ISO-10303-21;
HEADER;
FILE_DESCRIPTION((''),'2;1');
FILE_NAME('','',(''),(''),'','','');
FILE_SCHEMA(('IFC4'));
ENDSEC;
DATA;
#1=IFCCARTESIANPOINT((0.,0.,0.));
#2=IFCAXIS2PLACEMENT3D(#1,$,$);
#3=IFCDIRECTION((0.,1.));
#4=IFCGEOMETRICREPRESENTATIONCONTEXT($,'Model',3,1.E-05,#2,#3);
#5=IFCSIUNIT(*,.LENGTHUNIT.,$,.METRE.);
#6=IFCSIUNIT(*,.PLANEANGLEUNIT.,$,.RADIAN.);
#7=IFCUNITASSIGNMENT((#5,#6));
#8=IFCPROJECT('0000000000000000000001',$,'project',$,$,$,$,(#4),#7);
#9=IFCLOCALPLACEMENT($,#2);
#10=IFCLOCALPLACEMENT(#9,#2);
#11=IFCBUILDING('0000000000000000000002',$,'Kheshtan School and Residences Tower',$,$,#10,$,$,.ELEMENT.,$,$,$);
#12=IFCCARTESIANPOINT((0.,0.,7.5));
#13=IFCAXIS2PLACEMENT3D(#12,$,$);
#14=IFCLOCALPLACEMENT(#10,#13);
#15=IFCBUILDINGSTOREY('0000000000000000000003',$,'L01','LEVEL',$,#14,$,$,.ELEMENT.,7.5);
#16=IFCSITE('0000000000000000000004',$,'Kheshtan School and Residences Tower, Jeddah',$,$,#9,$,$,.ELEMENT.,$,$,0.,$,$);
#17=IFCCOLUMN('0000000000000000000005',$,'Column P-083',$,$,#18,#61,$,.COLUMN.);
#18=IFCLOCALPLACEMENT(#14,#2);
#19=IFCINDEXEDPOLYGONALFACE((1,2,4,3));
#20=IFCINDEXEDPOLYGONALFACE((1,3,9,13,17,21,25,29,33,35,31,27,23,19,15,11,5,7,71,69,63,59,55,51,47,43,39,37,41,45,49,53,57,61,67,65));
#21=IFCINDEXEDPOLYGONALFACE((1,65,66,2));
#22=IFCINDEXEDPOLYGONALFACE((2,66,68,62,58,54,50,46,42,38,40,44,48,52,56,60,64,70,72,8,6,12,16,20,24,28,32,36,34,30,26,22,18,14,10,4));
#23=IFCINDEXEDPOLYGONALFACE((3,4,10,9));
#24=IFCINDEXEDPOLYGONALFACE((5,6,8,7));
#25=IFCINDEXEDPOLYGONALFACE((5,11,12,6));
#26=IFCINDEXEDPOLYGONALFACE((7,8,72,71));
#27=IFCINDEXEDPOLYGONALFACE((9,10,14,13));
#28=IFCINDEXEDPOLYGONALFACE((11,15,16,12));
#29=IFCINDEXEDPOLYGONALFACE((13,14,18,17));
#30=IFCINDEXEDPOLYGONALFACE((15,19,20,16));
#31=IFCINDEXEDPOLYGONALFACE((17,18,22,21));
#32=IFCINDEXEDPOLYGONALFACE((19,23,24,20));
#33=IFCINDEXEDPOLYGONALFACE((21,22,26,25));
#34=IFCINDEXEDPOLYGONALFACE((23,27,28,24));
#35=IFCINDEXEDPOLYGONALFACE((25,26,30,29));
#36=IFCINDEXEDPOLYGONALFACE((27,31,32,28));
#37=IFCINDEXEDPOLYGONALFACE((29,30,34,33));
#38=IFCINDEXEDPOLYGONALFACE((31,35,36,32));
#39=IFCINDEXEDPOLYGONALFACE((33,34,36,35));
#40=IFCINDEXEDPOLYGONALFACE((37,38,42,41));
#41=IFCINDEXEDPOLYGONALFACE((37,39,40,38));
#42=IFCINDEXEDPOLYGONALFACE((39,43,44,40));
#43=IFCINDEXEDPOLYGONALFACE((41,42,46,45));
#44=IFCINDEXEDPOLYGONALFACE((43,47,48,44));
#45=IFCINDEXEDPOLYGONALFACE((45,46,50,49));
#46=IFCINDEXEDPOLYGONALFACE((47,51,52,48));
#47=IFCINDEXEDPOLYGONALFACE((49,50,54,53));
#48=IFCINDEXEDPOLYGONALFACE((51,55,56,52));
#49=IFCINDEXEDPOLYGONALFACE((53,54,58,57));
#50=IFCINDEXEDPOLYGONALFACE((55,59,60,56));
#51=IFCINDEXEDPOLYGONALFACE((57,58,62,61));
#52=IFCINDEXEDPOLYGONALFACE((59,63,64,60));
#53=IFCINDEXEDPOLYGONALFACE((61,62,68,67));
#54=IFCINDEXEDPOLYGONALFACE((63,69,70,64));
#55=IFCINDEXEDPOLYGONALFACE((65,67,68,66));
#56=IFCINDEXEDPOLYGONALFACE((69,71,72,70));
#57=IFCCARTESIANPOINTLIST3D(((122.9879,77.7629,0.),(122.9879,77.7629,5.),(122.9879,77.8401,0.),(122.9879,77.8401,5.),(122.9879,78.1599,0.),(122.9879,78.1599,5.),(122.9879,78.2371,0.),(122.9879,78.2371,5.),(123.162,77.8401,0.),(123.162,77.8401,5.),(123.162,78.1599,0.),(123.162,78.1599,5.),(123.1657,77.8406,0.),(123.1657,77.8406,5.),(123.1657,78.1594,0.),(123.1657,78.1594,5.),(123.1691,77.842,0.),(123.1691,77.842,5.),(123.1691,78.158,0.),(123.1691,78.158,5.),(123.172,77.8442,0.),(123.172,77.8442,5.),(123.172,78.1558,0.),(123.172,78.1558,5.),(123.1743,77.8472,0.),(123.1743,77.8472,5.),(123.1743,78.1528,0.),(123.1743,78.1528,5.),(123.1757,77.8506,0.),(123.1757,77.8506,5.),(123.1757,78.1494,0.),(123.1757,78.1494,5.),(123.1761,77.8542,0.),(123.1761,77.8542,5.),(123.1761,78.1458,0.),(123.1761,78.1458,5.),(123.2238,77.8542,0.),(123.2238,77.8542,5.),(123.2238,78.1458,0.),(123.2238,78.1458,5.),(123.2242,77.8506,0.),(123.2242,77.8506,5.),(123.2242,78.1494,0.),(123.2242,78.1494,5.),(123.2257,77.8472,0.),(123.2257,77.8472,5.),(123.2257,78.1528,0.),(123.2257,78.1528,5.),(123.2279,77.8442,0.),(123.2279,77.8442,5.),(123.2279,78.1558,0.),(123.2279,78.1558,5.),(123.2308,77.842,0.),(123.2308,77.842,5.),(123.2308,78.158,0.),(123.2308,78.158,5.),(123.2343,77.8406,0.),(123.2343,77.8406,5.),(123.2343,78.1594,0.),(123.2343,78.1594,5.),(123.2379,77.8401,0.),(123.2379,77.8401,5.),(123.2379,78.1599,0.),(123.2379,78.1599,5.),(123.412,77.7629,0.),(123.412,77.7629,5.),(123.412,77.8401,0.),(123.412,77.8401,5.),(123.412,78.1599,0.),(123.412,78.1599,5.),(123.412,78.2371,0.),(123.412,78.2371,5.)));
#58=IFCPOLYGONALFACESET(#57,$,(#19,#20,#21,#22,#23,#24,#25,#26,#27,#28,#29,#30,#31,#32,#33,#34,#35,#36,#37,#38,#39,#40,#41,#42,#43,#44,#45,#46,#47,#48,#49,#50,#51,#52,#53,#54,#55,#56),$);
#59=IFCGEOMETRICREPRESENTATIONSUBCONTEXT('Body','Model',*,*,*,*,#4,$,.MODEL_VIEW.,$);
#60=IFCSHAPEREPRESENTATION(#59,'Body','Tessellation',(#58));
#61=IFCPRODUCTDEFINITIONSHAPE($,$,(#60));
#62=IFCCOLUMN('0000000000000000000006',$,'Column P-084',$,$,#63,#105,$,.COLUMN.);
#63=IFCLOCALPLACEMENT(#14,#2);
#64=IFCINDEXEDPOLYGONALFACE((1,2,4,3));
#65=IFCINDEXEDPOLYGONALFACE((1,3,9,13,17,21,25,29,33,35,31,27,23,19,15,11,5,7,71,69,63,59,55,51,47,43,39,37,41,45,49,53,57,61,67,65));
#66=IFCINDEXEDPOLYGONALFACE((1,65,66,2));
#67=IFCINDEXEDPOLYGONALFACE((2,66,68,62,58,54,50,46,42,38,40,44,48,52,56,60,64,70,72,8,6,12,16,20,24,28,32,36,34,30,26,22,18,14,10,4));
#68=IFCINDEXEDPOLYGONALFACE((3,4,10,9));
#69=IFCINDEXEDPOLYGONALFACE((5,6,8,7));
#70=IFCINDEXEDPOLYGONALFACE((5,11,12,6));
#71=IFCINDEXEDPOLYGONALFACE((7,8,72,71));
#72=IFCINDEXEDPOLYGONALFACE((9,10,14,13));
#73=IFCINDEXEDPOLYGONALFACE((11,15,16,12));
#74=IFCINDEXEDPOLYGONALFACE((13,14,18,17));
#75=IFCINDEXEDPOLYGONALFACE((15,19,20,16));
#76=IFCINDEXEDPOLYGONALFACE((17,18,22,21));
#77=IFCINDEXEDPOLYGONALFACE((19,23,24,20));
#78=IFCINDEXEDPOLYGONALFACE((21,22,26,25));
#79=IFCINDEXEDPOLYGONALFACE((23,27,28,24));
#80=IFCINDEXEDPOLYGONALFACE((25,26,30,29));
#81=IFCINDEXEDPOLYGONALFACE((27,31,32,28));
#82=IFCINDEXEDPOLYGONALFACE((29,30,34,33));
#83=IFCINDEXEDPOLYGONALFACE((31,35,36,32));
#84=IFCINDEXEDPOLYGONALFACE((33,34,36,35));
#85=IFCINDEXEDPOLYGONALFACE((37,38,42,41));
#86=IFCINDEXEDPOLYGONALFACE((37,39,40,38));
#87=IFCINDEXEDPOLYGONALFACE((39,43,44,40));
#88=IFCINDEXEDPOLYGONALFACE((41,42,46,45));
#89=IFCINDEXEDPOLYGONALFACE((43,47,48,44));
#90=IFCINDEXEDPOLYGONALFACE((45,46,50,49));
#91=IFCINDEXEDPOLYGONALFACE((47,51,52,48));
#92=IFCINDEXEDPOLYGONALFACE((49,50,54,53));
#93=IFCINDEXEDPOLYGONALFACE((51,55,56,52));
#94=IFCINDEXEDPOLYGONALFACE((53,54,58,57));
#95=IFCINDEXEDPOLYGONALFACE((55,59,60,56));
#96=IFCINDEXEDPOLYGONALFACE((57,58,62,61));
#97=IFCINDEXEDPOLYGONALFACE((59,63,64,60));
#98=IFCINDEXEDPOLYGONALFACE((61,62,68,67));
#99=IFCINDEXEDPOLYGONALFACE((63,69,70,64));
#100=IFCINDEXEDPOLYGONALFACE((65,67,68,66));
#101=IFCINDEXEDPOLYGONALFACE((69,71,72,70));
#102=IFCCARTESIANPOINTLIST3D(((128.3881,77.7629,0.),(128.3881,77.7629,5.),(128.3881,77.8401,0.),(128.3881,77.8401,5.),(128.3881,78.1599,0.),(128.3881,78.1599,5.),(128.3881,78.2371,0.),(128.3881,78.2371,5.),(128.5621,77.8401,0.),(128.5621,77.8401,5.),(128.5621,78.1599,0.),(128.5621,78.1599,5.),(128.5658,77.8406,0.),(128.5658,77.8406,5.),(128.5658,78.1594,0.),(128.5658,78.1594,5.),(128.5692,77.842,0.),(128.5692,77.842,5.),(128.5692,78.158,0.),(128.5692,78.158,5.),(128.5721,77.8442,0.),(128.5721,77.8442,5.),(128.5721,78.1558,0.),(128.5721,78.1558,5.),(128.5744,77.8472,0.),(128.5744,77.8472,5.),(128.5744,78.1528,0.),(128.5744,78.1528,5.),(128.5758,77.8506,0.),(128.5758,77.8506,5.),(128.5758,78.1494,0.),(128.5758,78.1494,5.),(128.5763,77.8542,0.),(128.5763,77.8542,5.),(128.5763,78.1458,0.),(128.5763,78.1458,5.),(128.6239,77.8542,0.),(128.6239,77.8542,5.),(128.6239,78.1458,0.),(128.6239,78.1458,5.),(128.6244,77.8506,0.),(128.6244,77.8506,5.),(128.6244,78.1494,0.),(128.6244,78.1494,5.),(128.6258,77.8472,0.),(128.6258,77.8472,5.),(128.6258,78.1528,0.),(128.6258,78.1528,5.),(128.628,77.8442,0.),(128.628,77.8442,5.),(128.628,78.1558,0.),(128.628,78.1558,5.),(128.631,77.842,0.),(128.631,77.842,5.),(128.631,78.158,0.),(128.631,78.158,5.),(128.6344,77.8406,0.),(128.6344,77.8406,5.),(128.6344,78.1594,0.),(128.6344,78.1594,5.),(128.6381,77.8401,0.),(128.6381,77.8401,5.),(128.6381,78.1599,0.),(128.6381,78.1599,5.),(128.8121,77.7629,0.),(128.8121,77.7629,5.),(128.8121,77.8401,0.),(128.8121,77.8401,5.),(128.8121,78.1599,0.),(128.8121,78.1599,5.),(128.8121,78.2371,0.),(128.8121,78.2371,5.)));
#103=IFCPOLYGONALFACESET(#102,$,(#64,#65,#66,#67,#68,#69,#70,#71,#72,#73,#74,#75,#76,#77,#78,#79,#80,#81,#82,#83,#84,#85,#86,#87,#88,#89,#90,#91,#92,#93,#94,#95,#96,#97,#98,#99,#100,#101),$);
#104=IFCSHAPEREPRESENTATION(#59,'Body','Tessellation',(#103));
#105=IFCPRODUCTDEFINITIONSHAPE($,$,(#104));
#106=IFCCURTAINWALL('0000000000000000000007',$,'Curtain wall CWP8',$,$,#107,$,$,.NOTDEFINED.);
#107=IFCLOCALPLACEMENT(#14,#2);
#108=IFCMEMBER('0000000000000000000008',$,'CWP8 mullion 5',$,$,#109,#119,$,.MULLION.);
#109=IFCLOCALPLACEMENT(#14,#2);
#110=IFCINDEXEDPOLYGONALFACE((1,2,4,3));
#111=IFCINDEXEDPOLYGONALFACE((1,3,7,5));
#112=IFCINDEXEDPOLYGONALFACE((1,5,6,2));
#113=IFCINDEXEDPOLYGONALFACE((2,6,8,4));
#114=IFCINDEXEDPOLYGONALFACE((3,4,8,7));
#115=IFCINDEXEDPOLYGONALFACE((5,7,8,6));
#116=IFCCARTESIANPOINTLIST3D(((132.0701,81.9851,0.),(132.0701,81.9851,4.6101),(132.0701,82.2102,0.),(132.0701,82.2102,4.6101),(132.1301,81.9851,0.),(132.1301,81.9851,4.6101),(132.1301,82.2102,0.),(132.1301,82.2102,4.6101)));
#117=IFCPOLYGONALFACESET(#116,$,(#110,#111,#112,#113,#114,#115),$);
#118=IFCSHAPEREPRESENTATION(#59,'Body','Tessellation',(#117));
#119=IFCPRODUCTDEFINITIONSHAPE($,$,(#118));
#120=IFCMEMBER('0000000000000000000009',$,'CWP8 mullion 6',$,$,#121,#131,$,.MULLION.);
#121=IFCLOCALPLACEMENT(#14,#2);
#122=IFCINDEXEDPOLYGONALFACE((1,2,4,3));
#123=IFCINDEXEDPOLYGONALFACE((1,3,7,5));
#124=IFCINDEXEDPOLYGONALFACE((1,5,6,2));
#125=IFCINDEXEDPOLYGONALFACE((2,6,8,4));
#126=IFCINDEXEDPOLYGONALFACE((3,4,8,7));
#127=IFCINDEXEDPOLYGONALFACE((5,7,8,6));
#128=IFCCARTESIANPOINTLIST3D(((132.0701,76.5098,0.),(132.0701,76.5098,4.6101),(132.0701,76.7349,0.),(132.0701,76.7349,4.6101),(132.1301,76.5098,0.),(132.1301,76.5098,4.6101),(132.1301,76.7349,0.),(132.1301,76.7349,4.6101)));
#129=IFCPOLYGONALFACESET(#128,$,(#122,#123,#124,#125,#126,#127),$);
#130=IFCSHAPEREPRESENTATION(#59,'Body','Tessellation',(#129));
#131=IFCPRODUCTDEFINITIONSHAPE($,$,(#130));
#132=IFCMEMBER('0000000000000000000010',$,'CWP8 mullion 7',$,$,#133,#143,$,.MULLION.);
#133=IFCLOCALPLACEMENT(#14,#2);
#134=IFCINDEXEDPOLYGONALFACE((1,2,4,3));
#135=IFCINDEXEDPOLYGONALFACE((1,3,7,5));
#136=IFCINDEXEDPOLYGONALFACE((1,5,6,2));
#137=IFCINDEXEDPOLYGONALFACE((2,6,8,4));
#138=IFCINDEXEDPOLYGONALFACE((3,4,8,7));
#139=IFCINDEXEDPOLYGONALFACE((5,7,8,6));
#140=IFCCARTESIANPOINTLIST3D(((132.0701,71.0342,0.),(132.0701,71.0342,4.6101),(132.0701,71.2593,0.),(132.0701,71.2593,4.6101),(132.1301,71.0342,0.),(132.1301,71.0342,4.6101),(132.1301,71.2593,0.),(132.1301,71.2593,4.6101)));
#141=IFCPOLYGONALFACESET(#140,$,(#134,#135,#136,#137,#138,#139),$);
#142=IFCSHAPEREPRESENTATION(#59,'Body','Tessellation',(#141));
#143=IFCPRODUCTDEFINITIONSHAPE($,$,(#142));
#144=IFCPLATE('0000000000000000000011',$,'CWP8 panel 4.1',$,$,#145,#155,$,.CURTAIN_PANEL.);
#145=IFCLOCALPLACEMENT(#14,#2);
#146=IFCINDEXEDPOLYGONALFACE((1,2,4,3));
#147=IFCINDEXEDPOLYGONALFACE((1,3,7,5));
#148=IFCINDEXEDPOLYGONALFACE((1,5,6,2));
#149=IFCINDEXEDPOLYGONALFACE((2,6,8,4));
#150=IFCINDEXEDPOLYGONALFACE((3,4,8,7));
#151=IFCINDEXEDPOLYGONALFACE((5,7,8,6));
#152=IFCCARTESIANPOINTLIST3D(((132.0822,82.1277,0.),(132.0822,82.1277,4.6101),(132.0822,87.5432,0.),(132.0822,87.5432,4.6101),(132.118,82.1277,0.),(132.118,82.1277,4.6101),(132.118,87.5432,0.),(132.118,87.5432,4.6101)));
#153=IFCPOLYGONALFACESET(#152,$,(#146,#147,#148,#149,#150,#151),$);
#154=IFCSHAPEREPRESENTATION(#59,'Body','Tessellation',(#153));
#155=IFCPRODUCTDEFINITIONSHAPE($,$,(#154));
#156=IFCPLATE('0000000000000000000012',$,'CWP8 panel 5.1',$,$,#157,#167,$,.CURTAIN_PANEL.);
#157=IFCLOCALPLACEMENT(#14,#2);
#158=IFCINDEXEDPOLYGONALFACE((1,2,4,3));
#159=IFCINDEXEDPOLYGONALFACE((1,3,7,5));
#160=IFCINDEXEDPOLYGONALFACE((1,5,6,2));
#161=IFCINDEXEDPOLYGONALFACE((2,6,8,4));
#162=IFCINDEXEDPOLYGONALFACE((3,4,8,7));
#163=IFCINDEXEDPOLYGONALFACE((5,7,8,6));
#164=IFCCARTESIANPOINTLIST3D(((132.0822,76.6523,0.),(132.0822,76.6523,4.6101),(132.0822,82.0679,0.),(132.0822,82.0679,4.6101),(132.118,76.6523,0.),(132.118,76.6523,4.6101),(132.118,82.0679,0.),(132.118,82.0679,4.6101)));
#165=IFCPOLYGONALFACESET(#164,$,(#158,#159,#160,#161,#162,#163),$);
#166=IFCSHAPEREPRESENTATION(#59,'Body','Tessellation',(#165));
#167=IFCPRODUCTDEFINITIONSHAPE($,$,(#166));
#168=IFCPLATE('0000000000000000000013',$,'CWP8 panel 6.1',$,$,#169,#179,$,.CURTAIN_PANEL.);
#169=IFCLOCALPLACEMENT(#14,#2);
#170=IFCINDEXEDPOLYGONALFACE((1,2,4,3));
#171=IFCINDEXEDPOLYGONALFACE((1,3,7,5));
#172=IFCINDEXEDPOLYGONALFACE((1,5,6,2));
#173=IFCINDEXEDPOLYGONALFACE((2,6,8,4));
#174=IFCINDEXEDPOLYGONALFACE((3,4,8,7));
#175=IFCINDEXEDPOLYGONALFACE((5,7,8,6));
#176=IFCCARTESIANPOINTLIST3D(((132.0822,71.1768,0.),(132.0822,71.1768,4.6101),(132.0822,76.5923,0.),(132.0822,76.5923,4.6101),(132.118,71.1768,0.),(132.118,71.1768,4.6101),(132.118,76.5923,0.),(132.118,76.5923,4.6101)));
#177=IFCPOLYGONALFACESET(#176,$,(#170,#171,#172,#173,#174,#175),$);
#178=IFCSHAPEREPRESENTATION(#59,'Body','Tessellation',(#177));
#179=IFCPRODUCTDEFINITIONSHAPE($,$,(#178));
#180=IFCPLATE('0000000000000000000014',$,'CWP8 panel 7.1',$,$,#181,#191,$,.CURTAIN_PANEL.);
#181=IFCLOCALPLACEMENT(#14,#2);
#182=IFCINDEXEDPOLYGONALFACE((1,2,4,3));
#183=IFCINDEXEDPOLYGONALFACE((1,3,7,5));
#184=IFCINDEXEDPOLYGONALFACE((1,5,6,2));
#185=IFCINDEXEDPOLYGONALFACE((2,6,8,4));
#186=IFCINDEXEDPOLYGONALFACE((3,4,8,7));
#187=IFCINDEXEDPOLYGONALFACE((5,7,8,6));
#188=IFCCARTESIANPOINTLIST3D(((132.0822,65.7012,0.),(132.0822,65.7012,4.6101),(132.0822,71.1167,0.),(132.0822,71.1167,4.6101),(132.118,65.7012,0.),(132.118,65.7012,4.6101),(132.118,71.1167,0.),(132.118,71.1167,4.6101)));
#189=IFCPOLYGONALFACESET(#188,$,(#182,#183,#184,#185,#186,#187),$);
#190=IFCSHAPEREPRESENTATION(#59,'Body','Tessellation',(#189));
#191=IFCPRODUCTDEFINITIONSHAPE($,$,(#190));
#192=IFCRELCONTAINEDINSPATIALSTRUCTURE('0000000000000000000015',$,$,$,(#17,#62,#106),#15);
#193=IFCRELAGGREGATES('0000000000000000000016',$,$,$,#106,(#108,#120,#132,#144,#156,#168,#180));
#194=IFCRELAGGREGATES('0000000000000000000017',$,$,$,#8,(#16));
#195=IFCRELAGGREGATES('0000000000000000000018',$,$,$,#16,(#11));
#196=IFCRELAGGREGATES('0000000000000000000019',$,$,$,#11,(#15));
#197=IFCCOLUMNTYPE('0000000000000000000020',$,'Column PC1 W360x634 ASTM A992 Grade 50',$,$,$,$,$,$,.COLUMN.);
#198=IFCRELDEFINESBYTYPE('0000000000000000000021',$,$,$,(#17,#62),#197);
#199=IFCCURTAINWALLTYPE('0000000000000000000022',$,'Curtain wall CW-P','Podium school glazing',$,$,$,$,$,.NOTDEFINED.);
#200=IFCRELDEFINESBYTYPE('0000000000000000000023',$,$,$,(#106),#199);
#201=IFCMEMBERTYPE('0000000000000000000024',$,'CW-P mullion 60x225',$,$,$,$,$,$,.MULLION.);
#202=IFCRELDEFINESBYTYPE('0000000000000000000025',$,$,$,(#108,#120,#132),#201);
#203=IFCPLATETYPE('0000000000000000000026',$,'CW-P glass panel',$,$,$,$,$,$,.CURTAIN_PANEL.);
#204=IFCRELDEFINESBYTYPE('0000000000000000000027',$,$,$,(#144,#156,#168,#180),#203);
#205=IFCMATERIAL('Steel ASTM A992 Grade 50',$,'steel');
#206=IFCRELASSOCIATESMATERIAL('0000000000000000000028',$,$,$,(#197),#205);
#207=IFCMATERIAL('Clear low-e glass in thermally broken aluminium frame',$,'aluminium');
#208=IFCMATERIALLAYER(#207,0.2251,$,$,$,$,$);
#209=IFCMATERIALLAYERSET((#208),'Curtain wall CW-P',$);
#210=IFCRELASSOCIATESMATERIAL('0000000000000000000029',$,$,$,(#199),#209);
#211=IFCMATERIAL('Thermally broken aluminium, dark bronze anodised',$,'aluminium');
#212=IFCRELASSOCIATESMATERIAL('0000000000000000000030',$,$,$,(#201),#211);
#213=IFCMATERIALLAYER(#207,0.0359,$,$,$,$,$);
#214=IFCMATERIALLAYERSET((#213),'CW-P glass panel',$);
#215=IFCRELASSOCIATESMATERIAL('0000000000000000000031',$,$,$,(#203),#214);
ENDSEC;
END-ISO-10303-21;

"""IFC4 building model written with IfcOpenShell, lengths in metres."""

from ifc_helpers import new_model, si_unit, direction, frame, origin, origin_2d, place, context, subcontext, project, spatial, rectangle, i_section, extrude, material, layer, layer_set, material_profile, profile_set, type_object, element, aggregate, save


model = new_model("IFC4")

# Units and contexts
model_context = context("Model", 3, precision=1e-05, world=origin(), true_north=direction((0.0, 1.0)))
body_context = subcontext(model_context, "Body", "Model", "MODEL_VIEW")
ifc_project = project(units=[si_unit("LENGTHUNIT", "METRE"), si_unit("PLANEANGLEUNIT", "RADIAN")], contexts=[model_context])

# Site, building, storey
site_placement = place(None, origin())
site = spatial("IfcSite", under=ifc_project, at=site_placement, Name="Kheshtan School and Residences Tower, Jeddah", CompositionType="ELEMENT", RefElevation=0.0)
building_placement = place(site_placement, origin())
building = spatial("IfcBuilding", under=site, at=building_placement, Name="Kheshtan School and Residences Tower", CompositionType="ELEMENT")
storey_placement = place(building_placement, frame((0.0, 0.0, 7.5)))
storey = spatial("IfcBuildingStorey", under=building, at=storey_placement, Name="L01", Description="LEVEL", CompositionType="ELEMENT", Elevation=7.5)

# Columns
ifc_material_1 = material(Name="Steel ASTM A992 Grade 50", Category="steel")
ifc_material_profile_1 = material_profile(ifc_material_1, i_section(OverallWidth=0.4241, OverallDepth=0.4741, WebThickness=0.0476, FlangeThickness=0.0771, FilletRadius=0.0142, at=origin_2d()), Name="W360x634")
ifc_profile_set_1 = profile_set([ifc_material_profile_1], Name="Steel ASTM A992 Grade 50")
column_type = type_object("IfcColumnType", Name="Column PC1 W360x634 ASTM A992 Grade 50", PredefinedType="COLUMN", material=ifc_profile_set_1)
for number, where, z_axis, x_axis, name in (
    (1, (123.2, 78.0, 0.0), (0.0, 0.0, 1.0), (1.0, 0.0, 0.0), "Column P-083"),
    (2, (128.6001, 78.0, 0.0), (0.0, 0.0, 1.0), (1.0, 0.0, 0.0), "Column P-084"),
):
    element("IfcColumn", number, at=place(storey_placement, frame(where, z_axis=z_axis, x_axis=x_axis)), inside=storey, type_object=column_type, Name=name, PredefinedType="COLUMN", context=body_context, shape_type="SweptSolid", body=[
        extrude(i_section(OverallWidth=0.4241, OverallDepth=0.4741, WebThickness=0.0476, FlangeThickness=0.0771, FilletRadius=0.0142, at=origin_2d()), origin(), (0.0, 0.0, 1.0), 5.0),
    ])

# Curtain wall, members, plates
ifc_material_2 = material(Name="Clear low-e glass in thermally broken aluminium frame", Category="aluminium")
ifc_layer_1 = layer(ifc_material_2, 0.2251)
ifc_layer_set_1 = layer_set([ifc_layer_1], Name="Curtain wall CW-P")
curtain_wall_type = type_object("IfcCurtainWallType", Name="Curtain wall CW-P", Description="Podium school glazing", PredefinedType="NOTDEFINED", material=ifc_layer_set_1)
curtain_wall_placement = place(storey_placement, origin())
curtain_wall = element("IfcCurtainWall", 3, at=curtain_wall_placement, inside=storey, type_object=curtain_wall_type, Name="Curtain wall CWP8", PredefinedType="NOTDEFINED")
ifc_material_3 = material(Name="Thermally broken aluminium, dark bronze anodised", Category="aluminium")
ifc_material_profile_2 = material_profile(ifc_material_3, rectangle(XDim=0.0601, YDim=0.2251, at=origin_2d()), Name="CW-P mullion 60x225")
ifc_profile_set_2 = profile_set([ifc_material_profile_2], Name="Thermally broken aluminium, dark bronze anodised")
member_type = type_object("IfcMemberType", Name="CW-P mullion 60x225", PredefinedType="MULLION", material=ifc_profile_set_2)
member_1_placement = place(storey_placement, frame((132.1001, 82.0977, 0.0), z_axis=(0.0, 0.0, 1.0), x_axis=(1.0, 0.0, 0.0)))
member_1 = element("IfcMember", 4, at=member_1_placement, type_object=member_type, Name="CWP8 mullion 5", PredefinedType="MULLION", context=body_context, shape_type="SweptSolid", body=[
    extrude(rectangle(XDim=0.0601, YDim=0.2251, at=origin_2d()), origin(), (0.0, 0.0, 1.0), 4.6101),
])
member_2_placement = place(storey_placement, frame((132.1001, 76.6223, 0.0), z_axis=(0.0, 0.0, 1.0), x_axis=(1.0, 0.0, 0.0)))
member_2 = element("IfcMember", 5, at=member_2_placement, type_object=member_type, Name="CWP8 mullion 6", PredefinedType="MULLION", context=body_context, shape_type="SweptSolid", body=[
    extrude(rectangle(XDim=0.0601, YDim=0.2251, at=origin_2d()), origin(), (0.0, 0.0, 1.0), 4.6101),
])
member_3_placement = place(storey_placement, frame((132.1001, 71.1467, 0.0), z_axis=(0.0, 0.0, 1.0), x_axis=(1.0, 0.0, 0.0)))
member_3 = element("IfcMember", 6, at=member_3_placement, type_object=member_type, Name="CWP8 mullion 7", PredefinedType="MULLION", context=body_context, shape_type="SweptSolid", body=[
    extrude(rectangle(XDim=0.0601, YDim=0.2251, at=origin_2d()), origin(), (0.0, 0.0, 1.0), 4.6101),
])
ifc_layer_2 = layer(ifc_material_2, 0.0359)
ifc_layer_set_2 = layer_set([ifc_layer_2], Name="CW-P glass panel")
plate_type = type_object("IfcPlateType", Name="CW-P glass panel", PredefinedType="CURTAIN_PANEL", material=ifc_layer_set_2)
plate_1_placement = place(storey_placement, frame((132.1001, 84.8354, 0.0), z_axis=(0.0, 0.0, 1.0), x_axis=(0.0, -1.0, 0.0)))
plate_1 = element("IfcPlate", 7, at=plate_1_placement, type_object=plate_type, Name="CWP8 panel 4.1", PredefinedType="CURTAIN_PANEL", context=body_context, shape_type="SweptSolid", body=[
    extrude(rectangle(XDim=5.4155, YDim=0.0359, at=origin_2d()), origin(), (0.0, 0.0, 1.0), 4.6101),
])
plate_2_placement = place(storey_placement, frame((132.1001, 79.3601, 0.0), z_axis=(0.0, 0.0, 1.0), x_axis=(0.0, -1.0, 0.0)))
plate_2 = element("IfcPlate", 8, at=plate_2_placement, type_object=plate_type, Name="CWP8 panel 5.1", PredefinedType="CURTAIN_PANEL", context=body_context, shape_type="SweptSolid", body=[
    extrude(rectangle(XDim=5.4155, YDim=0.0359, at=origin_2d()), origin(), (0.0, 0.0, 1.0), 4.6101),
])
plate_3_placement = place(storey_placement, frame((132.1001, 73.8845, 0.0), z_axis=(0.0, 0.0, 1.0), x_axis=(0.0, -1.0, 0.0)))
plate_3 = element("IfcPlate", 9, at=plate_3_placement, type_object=plate_type, Name="CWP8 panel 6.1", PredefinedType="CURTAIN_PANEL", context=body_context, shape_type="SweptSolid", body=[
    extrude(rectangle(XDim=5.4155, YDim=0.0359, at=origin_2d()), origin(), (0.0, 0.0, 1.0), 4.6101),
])
plate_4_placement = place(storey_placement, frame((132.1001, 68.4089, 0.0), z_axis=(0.0, 0.0, 1.0), x_axis=(0.0, -1.0, 0.0)))
plate_4 = element("IfcPlate", 10, at=plate_4_placement, type_object=plate_type, Name="CWP8 panel 7.1", PredefinedType="CURTAIN_PANEL", context=body_context, shape_type="SweptSolid", body=[
    extrude(rectangle(XDim=5.4155, YDim=0.0359, at=origin_2d()), origin(), (0.0, 0.0, 1.0), 4.6101),
])
aggregate(curtain_wall, [member_1, member_2, member_3, plate_1, plate_2, plate_3, plate_4])

save(model, "model.ifc")
